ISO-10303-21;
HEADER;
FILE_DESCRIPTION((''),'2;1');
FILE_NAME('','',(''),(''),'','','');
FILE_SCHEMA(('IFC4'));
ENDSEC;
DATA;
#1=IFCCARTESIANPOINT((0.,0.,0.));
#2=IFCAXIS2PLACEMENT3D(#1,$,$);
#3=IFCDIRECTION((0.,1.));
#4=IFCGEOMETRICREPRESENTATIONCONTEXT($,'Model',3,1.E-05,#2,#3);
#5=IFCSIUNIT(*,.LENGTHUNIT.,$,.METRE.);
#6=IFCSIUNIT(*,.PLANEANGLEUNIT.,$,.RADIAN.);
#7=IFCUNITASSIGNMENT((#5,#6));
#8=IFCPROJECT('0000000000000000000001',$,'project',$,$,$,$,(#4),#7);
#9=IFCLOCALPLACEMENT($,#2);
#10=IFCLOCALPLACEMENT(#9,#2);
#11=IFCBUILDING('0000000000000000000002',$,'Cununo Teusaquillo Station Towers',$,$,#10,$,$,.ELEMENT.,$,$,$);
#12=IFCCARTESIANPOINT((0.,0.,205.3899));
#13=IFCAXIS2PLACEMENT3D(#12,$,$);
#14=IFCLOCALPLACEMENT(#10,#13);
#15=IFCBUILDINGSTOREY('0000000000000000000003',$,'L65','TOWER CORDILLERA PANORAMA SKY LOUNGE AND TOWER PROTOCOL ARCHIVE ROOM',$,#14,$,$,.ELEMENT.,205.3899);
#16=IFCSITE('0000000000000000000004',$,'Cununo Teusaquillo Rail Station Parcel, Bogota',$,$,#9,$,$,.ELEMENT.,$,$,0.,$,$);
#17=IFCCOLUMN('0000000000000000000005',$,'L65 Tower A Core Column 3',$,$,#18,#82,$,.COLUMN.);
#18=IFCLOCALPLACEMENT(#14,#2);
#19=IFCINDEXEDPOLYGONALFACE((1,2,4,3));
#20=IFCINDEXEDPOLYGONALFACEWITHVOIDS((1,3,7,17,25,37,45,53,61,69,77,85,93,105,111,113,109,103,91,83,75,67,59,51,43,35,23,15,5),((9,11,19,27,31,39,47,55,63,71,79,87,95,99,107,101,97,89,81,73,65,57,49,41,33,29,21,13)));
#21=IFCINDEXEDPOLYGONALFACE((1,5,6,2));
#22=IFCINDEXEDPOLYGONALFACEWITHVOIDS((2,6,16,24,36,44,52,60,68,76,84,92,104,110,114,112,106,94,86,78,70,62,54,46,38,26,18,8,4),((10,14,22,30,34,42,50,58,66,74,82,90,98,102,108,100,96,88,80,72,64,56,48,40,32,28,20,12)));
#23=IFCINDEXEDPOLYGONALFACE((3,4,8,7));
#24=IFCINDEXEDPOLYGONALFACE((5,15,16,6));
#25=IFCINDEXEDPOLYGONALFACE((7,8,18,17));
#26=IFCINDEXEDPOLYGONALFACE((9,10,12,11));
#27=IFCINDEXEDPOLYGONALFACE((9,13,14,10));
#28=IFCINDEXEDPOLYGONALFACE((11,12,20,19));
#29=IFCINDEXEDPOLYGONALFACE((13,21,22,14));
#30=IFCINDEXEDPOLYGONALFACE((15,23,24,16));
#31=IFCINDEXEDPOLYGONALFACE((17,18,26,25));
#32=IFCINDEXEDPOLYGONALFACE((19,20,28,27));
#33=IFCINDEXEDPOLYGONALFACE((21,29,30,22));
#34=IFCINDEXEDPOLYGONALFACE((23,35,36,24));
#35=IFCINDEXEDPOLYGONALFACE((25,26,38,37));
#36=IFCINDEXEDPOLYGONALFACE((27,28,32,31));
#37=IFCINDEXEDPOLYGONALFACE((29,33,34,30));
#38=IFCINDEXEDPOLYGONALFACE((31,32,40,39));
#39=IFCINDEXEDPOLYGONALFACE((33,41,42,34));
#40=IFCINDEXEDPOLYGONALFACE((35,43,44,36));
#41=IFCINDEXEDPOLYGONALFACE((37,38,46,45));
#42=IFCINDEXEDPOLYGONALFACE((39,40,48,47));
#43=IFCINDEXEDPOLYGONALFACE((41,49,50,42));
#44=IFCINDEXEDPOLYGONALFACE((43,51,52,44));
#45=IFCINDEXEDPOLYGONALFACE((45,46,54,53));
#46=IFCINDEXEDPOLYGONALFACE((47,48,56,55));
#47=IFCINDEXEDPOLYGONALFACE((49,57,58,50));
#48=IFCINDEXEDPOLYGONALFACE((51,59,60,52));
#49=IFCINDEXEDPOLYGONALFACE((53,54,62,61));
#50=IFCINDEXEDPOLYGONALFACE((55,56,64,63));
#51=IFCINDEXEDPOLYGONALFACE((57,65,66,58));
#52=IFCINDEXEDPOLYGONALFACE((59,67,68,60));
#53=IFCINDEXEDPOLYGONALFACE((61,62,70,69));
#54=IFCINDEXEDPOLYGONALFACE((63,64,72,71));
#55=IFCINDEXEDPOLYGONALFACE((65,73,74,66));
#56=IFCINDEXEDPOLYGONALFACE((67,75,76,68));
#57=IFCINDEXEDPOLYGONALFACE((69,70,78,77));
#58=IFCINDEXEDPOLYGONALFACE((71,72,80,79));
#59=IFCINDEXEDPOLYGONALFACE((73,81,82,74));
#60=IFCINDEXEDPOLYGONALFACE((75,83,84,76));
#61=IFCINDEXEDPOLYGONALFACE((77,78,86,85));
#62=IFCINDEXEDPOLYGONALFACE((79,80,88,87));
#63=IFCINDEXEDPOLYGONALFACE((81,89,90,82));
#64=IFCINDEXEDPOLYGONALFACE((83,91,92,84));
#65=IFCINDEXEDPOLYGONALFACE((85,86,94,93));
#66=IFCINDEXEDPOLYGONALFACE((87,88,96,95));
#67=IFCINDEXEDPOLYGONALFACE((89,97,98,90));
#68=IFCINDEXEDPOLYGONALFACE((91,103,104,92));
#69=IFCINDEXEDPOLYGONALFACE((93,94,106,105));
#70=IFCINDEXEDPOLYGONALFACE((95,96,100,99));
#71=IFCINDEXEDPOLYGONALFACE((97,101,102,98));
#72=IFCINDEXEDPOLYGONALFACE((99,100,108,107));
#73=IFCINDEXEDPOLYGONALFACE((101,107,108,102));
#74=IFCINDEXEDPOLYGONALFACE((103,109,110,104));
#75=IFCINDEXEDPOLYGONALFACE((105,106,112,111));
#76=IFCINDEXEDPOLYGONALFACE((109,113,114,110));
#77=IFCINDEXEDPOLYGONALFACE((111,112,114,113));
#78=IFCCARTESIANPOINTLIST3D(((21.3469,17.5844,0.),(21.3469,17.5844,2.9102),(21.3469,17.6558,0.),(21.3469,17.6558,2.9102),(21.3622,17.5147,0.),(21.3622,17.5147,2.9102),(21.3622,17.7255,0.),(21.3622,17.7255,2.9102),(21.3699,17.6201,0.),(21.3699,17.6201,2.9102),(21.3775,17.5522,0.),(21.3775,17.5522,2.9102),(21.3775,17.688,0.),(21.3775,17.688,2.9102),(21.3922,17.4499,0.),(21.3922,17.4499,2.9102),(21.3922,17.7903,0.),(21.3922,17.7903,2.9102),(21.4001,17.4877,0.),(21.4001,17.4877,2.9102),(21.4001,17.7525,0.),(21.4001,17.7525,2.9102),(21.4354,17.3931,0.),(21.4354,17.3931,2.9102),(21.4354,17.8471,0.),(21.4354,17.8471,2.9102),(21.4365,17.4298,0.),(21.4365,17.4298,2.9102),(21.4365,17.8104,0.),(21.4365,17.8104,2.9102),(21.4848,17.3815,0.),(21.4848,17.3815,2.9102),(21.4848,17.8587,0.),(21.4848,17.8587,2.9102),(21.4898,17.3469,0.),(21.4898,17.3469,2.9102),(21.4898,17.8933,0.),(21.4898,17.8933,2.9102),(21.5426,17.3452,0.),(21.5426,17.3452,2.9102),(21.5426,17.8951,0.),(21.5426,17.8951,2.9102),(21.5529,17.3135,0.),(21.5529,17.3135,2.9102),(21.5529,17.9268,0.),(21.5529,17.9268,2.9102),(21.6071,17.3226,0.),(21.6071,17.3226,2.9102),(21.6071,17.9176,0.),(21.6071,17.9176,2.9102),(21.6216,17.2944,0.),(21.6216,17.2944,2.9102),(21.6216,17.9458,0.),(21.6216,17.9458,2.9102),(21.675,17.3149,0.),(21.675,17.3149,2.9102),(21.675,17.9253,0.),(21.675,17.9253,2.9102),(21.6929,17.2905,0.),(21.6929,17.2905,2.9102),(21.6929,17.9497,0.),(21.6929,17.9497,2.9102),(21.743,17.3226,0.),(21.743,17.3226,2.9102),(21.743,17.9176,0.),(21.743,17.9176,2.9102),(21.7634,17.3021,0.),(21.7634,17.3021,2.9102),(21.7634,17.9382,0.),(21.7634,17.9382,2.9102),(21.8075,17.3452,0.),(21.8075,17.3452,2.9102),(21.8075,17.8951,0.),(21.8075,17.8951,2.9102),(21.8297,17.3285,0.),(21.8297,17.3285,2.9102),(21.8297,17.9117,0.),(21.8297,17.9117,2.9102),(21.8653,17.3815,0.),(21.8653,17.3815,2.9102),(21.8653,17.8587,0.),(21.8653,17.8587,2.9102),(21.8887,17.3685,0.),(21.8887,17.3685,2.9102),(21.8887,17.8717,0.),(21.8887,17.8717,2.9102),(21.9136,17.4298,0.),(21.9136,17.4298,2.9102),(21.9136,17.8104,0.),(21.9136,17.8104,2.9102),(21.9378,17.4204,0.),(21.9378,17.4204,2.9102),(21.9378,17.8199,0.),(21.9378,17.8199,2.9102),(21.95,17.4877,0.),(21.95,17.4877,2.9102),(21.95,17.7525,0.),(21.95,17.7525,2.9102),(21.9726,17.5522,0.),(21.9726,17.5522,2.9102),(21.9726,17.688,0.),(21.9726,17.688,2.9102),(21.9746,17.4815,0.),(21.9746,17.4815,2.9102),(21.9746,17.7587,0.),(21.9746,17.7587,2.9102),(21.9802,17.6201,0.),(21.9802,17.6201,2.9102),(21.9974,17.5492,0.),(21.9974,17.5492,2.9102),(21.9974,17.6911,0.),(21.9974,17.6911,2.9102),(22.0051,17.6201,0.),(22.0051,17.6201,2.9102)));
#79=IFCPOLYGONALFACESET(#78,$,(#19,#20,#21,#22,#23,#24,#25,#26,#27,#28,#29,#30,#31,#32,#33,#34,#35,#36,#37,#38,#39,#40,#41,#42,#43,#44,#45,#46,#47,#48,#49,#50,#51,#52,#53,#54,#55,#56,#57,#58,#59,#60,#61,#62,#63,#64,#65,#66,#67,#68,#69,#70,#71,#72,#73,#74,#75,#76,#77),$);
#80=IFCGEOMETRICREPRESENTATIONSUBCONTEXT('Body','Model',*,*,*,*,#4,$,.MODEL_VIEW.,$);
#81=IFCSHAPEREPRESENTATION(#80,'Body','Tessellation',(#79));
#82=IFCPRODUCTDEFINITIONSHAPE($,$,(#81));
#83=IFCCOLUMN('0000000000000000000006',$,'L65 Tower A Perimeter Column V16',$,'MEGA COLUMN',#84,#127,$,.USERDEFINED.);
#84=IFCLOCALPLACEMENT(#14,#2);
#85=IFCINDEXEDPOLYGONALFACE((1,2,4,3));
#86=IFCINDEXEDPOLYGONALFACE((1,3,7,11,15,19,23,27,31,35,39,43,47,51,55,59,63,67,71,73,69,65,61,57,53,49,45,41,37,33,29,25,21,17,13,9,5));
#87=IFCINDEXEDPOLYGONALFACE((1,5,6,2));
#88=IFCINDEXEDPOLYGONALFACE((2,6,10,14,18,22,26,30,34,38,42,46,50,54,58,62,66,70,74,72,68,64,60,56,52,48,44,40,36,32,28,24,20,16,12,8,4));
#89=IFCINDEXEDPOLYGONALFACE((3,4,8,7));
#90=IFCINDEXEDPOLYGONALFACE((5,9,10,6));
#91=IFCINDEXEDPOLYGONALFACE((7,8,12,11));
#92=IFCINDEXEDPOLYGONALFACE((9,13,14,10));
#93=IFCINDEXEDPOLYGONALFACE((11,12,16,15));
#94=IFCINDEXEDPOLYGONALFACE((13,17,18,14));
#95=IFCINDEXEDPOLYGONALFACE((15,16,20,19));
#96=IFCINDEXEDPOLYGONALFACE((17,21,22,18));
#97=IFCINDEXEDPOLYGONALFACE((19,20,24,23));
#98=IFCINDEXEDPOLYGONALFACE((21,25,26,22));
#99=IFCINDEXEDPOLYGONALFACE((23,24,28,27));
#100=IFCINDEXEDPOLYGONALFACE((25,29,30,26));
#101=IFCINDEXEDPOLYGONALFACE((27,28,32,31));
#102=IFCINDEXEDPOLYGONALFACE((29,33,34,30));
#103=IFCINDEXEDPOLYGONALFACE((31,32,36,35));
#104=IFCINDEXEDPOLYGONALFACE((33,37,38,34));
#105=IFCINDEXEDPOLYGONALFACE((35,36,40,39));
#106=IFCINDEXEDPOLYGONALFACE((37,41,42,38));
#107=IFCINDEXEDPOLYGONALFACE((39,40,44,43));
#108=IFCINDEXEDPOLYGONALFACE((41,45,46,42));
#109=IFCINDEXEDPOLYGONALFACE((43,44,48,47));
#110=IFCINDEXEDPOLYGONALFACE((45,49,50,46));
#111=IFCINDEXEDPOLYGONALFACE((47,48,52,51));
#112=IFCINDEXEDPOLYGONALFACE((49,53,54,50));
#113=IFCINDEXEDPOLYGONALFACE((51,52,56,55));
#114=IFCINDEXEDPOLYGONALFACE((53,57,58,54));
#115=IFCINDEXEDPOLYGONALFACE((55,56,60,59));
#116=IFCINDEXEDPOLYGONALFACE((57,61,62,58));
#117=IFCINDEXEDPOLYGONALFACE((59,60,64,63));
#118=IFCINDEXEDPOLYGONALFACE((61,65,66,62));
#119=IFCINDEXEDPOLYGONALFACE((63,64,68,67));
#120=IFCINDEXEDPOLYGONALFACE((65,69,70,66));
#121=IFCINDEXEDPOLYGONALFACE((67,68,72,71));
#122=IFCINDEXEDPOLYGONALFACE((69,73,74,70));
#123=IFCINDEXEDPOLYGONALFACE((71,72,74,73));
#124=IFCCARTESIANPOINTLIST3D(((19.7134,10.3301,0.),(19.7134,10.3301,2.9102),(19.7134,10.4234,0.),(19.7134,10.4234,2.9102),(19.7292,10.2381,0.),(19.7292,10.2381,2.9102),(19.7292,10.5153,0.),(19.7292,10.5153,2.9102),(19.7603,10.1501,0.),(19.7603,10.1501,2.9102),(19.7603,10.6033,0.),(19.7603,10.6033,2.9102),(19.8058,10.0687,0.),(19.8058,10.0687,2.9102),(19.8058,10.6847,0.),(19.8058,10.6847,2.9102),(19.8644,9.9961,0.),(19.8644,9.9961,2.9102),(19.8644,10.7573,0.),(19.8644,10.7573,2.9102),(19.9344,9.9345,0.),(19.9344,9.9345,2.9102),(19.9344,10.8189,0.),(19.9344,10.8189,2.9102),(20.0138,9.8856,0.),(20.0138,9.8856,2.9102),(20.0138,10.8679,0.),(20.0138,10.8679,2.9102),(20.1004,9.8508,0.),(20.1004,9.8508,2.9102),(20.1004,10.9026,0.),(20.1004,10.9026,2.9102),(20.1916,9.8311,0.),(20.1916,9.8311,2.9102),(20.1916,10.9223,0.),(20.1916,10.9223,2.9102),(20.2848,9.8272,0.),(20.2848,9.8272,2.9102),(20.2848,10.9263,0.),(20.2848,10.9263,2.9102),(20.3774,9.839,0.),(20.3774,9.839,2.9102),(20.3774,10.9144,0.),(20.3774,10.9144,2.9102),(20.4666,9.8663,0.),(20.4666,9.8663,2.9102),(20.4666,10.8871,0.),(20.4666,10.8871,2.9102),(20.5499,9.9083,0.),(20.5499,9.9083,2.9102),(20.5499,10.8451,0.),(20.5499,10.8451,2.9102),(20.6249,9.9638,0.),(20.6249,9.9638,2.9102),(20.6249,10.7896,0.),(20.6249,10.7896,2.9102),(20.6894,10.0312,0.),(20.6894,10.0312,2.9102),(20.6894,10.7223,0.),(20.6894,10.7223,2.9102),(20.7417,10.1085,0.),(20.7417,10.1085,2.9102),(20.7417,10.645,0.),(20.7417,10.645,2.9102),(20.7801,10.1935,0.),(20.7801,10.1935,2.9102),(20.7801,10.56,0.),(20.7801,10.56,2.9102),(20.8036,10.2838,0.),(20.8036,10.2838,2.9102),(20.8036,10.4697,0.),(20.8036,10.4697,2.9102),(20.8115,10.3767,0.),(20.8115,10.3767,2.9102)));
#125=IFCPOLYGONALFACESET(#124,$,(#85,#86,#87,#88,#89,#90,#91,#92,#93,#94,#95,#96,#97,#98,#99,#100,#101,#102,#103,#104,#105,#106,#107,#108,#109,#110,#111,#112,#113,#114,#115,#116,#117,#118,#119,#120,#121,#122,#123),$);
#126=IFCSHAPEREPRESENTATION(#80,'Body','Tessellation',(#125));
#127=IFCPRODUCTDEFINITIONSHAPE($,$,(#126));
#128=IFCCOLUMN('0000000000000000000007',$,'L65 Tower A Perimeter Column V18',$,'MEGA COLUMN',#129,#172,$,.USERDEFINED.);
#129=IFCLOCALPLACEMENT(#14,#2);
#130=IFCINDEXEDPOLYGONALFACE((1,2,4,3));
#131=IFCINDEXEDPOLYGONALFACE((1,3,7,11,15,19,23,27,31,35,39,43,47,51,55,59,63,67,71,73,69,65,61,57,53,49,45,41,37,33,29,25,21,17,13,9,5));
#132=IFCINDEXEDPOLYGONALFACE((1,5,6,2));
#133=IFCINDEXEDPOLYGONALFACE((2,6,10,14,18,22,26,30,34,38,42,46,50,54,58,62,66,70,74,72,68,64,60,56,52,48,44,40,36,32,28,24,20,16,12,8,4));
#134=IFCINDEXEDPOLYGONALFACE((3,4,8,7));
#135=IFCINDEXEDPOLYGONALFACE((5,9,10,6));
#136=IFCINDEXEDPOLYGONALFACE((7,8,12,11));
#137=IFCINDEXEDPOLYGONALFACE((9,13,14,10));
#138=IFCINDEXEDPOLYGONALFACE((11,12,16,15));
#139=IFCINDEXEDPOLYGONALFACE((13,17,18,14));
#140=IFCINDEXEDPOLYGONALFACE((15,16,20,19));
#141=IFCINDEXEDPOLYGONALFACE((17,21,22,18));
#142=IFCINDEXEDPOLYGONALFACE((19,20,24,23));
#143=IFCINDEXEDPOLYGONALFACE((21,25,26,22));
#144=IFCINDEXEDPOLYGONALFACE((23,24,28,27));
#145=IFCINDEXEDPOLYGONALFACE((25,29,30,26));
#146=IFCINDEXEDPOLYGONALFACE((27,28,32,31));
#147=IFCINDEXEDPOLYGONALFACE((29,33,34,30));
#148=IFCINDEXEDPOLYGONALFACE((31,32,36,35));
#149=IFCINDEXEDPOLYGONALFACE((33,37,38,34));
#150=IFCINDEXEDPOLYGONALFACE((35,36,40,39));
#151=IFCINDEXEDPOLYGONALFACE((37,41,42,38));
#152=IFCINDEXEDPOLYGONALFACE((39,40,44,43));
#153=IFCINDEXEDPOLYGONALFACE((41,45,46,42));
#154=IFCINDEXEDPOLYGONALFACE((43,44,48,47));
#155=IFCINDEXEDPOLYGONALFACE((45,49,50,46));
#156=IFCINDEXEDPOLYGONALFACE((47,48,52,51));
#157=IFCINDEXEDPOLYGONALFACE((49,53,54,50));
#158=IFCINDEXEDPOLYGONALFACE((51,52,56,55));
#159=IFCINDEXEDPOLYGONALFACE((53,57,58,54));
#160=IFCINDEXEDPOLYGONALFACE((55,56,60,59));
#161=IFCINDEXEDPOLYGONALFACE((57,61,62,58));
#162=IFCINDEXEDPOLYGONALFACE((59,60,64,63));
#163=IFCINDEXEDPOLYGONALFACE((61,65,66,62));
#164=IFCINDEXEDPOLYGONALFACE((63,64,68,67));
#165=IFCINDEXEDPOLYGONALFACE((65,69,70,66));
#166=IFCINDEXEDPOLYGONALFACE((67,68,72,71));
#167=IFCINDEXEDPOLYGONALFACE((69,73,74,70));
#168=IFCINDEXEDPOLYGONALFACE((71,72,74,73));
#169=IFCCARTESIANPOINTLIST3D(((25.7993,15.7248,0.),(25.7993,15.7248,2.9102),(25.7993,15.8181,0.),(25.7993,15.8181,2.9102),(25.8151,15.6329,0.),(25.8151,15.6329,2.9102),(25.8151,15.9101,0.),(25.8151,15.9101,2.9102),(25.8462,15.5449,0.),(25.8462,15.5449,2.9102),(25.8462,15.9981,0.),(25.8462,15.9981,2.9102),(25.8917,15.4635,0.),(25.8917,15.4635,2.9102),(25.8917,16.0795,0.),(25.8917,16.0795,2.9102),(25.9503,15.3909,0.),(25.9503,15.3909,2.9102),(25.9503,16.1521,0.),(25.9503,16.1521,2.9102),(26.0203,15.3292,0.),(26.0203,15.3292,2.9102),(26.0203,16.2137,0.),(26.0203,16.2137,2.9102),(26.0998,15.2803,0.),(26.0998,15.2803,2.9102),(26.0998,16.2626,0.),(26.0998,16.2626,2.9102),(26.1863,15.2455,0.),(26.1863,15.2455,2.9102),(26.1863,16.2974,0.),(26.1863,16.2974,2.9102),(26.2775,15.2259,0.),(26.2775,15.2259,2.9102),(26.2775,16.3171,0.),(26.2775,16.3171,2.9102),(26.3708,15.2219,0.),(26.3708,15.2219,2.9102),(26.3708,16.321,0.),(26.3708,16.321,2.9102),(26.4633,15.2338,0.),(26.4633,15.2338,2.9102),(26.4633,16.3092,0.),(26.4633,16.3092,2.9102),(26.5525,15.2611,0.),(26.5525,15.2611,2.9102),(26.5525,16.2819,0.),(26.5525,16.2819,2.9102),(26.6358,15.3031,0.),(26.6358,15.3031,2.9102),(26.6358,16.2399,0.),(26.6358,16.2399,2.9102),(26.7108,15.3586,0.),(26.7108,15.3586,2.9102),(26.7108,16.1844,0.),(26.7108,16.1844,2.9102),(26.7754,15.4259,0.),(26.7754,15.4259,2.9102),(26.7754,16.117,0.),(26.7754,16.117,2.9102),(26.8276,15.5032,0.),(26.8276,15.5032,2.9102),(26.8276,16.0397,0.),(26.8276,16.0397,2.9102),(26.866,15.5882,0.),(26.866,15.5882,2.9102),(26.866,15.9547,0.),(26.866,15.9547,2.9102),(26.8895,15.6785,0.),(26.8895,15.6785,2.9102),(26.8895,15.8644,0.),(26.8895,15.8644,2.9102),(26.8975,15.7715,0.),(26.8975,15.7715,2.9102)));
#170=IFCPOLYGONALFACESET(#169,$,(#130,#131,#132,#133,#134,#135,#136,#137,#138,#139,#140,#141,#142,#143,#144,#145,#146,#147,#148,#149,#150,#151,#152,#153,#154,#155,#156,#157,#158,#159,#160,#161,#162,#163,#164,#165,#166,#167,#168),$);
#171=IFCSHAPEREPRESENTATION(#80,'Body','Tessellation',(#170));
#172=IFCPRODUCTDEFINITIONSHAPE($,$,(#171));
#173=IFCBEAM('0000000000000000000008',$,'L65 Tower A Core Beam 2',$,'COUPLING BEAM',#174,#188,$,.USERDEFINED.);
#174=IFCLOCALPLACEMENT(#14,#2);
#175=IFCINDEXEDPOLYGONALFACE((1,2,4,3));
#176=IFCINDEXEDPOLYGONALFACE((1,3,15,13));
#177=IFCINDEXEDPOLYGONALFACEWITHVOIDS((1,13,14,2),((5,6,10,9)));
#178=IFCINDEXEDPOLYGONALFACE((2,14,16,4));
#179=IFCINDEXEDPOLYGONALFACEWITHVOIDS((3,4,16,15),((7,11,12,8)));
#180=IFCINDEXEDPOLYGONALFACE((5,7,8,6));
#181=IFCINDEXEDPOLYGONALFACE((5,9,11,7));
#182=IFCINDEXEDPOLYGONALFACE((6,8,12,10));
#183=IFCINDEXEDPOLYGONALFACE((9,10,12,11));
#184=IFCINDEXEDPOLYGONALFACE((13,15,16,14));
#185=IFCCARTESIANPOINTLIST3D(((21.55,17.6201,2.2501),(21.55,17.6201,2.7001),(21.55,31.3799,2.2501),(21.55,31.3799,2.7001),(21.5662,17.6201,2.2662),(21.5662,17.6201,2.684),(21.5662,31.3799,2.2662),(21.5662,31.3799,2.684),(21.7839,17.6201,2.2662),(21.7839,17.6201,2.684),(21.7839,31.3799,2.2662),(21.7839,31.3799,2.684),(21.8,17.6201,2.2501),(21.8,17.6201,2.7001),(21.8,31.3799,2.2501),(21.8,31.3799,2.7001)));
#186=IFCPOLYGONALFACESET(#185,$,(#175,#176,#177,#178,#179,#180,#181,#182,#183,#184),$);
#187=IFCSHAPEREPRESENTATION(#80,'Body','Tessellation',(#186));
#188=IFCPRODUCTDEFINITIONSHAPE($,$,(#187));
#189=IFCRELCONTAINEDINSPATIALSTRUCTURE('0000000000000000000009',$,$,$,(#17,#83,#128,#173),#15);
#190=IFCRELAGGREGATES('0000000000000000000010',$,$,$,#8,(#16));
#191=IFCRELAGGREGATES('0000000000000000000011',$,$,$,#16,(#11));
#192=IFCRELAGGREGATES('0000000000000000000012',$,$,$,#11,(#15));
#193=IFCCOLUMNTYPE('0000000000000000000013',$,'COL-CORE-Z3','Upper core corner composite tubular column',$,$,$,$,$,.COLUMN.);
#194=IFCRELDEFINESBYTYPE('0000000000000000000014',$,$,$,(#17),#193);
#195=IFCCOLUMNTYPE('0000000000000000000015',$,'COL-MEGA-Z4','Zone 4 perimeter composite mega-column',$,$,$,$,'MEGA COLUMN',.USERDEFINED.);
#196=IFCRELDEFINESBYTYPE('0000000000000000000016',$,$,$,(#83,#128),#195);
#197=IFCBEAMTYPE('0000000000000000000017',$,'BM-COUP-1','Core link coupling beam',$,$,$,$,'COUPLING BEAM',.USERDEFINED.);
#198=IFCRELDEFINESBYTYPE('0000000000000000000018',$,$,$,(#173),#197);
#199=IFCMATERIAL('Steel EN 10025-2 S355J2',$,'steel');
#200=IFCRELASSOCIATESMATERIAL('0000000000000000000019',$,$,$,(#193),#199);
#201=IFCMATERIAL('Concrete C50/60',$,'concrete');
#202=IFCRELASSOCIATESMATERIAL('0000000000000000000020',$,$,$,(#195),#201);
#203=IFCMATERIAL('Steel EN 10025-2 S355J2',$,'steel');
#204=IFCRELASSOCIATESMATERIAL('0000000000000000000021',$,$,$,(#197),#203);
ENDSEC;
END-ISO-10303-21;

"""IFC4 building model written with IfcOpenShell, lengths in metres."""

from ifc_helpers import new_model, si_unit, direction, frame, origin, origin_2d, place, context, subcontext, project, spatial, hollow_rectangle, circle, hollow_circle, extrude, material, material_profile, profile_set, type_object, element, save


model = new_model("IFC4")

# Units and contexts
model_context = context("Model", 3, precision=1e-05, world=origin(), true_north=direction((0.0, 1.0)))
body_context = subcontext(model_context, "Body", "Model", "MODEL_VIEW")
ifc_project = project(units=[si_unit("LENGTHUNIT", "METRE"), si_unit("PLANEANGLEUNIT", "RADIAN")], contexts=[model_context])

# Site, building, storey
site_placement = place(None, origin())
site = spatial("IfcSite", under=ifc_project, at=site_placement, Name="Cununo Teusaquillo Rail Station Parcel, Bogota", CompositionType="ELEMENT", RefElevation=0.0)
building_placement = place(site_placement, origin())
building = spatial("IfcBuilding", under=site, at=building_placement, Name="Cununo Teusaquillo Station Towers", CompositionType="ELEMENT")
storey_placement = place(building_placement, frame((0.0, 0.0, 205.3899)))
storey = spatial("IfcBuildingStorey", under=building, at=storey_placement, Name="L65", Description="TOWER CORDILLERA PANORAMA SKY LOUNGE AND TOWER PROTOCOL ARCHIVE ROOM", CompositionType="ELEMENT", Elevation=205.3899)

# Columns
ifc_material_1 = material(Name="Steel EN 10025-2 S355J2", Category="steel")
ifc_material_profile_1 = material_profile(ifc_material_1, hollow_circle(Radius=0.3301, WallThickness=0.0249, at=origin_2d()), Name="CHS 660x25")
ifc_profile_set_1 = profile_set([ifc_material_profile_1], Name="Steel EN 10025-2 S355J2")
column_type_1 = type_object("IfcColumnType", Name="COL-CORE-Z3", Description="Upper core corner composite tubular column", PredefinedType="COLUMN", material=ifc_profile_set_1)
column_placement = place(storey_placement, frame((21.675, 17.6201, 0.0), z_axis=(0.0, 0.0, 1.0), x_axis=(1.0, 0.0, 0.0)))
element("IfcColumn", 1, at=column_placement, inside=storey, type_object=column_type_1, Name="L65 Tower A Core Column 3", PredefinedType="COLUMN", context=body_context, shape_type="SweptSolid", body=[
    extrude(hollow_circle(Radius=0.3301, WallThickness=0.0249, at=origin_2d()), origin(), (0.0, 0.0, 1.0), 2.9102),
])
ifc_material_2 = material(Name="Concrete C50/60", Category="concrete")
ifc_material_profile_2 = material_profile(ifc_material_2, circle(Radius=0.55, at=origin_2d()), Name="RC-CIRC-1100")
ifc_profile_set_2 = profile_set([ifc_material_profile_2], Name="Concrete C50/60")
column_type_2 = type_object("IfcColumnType", Name="COL-MEGA-Z4", Description="Zone 4 perimeter composite mega-column", ElementType="MEGA COLUMN", PredefinedType="USERDEFINED", material=ifc_profile_set_2)
for number, where, z_axis, x_axis, name in (
    (2, (20.2615, 10.3767, 0.0), (0.0, 0.0, 1.0), (1.0, 0.0, 0.0), "L65 Tower A Perimeter Column V16"),
    (3, (26.3474, 15.7715, 0.0), (0.0, 0.0, 1.0), (1.0, 0.0, 0.0), "L65 Tower A Perimeter Column V18"),
):
    element("IfcColumn", number, at=place(storey_placement, frame(where, z_axis=z_axis, x_axis=x_axis)), inside=storey, type_object=column_type_2, Name=name, ObjectType="MEGA COLUMN", PredefinedType="USERDEFINED", context=body_context, shape_type="SweptSolid", body=[
        extrude(circle(Radius=0.55, at=origin_2d()), origin(), (0.0, 0.0, 1.0), 2.9102),
    ])

# Beam
ifc_material_3 = material(Name="Steel EN 10025-2 S355J2", Category="steel")
ifc_material_profile_3 = material_profile(ifc_material_3, hollow_rectangle(XDim=0.25, YDim=0.45, WallThickness=0.0161, at=origin_2d()), Name="RHS 450x250x16")
ifc_profile_set_3 = profile_set([ifc_material_profile_3], Name="Steel EN 10025-2 S355J2")
beam_type_1 = type_object("IfcBeamType", Name="BM-COUP-1", Description="Core link coupling beam", ElementType="COUPLING BEAM", PredefinedType="USERDEFINED", material=ifc_profile_set_3)
beam_1_placement = place(storey_placement, frame((21.675, 17.6201, 2.4751), z_axis=(0.0, 1.0, 0.0), x_axis=(-1.0, 0.0, 0.0)))
element("IfcBeam", 4, at=beam_1_placement, inside=storey, type_object=beam_type_1, Name="L65 Tower A Core Beam 2", ObjectType="COUPLING BEAM", PredefinedType="USERDEFINED", context=body_context, shape_type="SweptSolid", body=[
    extrude(hollow_rectangle(XDim=0.25, YDim=0.45, WallThickness=0.0161, at=origin_2d()), origin(), (0.0, 0.0, 1.0), 13.7598),
])

save(model, "model.ifc")
